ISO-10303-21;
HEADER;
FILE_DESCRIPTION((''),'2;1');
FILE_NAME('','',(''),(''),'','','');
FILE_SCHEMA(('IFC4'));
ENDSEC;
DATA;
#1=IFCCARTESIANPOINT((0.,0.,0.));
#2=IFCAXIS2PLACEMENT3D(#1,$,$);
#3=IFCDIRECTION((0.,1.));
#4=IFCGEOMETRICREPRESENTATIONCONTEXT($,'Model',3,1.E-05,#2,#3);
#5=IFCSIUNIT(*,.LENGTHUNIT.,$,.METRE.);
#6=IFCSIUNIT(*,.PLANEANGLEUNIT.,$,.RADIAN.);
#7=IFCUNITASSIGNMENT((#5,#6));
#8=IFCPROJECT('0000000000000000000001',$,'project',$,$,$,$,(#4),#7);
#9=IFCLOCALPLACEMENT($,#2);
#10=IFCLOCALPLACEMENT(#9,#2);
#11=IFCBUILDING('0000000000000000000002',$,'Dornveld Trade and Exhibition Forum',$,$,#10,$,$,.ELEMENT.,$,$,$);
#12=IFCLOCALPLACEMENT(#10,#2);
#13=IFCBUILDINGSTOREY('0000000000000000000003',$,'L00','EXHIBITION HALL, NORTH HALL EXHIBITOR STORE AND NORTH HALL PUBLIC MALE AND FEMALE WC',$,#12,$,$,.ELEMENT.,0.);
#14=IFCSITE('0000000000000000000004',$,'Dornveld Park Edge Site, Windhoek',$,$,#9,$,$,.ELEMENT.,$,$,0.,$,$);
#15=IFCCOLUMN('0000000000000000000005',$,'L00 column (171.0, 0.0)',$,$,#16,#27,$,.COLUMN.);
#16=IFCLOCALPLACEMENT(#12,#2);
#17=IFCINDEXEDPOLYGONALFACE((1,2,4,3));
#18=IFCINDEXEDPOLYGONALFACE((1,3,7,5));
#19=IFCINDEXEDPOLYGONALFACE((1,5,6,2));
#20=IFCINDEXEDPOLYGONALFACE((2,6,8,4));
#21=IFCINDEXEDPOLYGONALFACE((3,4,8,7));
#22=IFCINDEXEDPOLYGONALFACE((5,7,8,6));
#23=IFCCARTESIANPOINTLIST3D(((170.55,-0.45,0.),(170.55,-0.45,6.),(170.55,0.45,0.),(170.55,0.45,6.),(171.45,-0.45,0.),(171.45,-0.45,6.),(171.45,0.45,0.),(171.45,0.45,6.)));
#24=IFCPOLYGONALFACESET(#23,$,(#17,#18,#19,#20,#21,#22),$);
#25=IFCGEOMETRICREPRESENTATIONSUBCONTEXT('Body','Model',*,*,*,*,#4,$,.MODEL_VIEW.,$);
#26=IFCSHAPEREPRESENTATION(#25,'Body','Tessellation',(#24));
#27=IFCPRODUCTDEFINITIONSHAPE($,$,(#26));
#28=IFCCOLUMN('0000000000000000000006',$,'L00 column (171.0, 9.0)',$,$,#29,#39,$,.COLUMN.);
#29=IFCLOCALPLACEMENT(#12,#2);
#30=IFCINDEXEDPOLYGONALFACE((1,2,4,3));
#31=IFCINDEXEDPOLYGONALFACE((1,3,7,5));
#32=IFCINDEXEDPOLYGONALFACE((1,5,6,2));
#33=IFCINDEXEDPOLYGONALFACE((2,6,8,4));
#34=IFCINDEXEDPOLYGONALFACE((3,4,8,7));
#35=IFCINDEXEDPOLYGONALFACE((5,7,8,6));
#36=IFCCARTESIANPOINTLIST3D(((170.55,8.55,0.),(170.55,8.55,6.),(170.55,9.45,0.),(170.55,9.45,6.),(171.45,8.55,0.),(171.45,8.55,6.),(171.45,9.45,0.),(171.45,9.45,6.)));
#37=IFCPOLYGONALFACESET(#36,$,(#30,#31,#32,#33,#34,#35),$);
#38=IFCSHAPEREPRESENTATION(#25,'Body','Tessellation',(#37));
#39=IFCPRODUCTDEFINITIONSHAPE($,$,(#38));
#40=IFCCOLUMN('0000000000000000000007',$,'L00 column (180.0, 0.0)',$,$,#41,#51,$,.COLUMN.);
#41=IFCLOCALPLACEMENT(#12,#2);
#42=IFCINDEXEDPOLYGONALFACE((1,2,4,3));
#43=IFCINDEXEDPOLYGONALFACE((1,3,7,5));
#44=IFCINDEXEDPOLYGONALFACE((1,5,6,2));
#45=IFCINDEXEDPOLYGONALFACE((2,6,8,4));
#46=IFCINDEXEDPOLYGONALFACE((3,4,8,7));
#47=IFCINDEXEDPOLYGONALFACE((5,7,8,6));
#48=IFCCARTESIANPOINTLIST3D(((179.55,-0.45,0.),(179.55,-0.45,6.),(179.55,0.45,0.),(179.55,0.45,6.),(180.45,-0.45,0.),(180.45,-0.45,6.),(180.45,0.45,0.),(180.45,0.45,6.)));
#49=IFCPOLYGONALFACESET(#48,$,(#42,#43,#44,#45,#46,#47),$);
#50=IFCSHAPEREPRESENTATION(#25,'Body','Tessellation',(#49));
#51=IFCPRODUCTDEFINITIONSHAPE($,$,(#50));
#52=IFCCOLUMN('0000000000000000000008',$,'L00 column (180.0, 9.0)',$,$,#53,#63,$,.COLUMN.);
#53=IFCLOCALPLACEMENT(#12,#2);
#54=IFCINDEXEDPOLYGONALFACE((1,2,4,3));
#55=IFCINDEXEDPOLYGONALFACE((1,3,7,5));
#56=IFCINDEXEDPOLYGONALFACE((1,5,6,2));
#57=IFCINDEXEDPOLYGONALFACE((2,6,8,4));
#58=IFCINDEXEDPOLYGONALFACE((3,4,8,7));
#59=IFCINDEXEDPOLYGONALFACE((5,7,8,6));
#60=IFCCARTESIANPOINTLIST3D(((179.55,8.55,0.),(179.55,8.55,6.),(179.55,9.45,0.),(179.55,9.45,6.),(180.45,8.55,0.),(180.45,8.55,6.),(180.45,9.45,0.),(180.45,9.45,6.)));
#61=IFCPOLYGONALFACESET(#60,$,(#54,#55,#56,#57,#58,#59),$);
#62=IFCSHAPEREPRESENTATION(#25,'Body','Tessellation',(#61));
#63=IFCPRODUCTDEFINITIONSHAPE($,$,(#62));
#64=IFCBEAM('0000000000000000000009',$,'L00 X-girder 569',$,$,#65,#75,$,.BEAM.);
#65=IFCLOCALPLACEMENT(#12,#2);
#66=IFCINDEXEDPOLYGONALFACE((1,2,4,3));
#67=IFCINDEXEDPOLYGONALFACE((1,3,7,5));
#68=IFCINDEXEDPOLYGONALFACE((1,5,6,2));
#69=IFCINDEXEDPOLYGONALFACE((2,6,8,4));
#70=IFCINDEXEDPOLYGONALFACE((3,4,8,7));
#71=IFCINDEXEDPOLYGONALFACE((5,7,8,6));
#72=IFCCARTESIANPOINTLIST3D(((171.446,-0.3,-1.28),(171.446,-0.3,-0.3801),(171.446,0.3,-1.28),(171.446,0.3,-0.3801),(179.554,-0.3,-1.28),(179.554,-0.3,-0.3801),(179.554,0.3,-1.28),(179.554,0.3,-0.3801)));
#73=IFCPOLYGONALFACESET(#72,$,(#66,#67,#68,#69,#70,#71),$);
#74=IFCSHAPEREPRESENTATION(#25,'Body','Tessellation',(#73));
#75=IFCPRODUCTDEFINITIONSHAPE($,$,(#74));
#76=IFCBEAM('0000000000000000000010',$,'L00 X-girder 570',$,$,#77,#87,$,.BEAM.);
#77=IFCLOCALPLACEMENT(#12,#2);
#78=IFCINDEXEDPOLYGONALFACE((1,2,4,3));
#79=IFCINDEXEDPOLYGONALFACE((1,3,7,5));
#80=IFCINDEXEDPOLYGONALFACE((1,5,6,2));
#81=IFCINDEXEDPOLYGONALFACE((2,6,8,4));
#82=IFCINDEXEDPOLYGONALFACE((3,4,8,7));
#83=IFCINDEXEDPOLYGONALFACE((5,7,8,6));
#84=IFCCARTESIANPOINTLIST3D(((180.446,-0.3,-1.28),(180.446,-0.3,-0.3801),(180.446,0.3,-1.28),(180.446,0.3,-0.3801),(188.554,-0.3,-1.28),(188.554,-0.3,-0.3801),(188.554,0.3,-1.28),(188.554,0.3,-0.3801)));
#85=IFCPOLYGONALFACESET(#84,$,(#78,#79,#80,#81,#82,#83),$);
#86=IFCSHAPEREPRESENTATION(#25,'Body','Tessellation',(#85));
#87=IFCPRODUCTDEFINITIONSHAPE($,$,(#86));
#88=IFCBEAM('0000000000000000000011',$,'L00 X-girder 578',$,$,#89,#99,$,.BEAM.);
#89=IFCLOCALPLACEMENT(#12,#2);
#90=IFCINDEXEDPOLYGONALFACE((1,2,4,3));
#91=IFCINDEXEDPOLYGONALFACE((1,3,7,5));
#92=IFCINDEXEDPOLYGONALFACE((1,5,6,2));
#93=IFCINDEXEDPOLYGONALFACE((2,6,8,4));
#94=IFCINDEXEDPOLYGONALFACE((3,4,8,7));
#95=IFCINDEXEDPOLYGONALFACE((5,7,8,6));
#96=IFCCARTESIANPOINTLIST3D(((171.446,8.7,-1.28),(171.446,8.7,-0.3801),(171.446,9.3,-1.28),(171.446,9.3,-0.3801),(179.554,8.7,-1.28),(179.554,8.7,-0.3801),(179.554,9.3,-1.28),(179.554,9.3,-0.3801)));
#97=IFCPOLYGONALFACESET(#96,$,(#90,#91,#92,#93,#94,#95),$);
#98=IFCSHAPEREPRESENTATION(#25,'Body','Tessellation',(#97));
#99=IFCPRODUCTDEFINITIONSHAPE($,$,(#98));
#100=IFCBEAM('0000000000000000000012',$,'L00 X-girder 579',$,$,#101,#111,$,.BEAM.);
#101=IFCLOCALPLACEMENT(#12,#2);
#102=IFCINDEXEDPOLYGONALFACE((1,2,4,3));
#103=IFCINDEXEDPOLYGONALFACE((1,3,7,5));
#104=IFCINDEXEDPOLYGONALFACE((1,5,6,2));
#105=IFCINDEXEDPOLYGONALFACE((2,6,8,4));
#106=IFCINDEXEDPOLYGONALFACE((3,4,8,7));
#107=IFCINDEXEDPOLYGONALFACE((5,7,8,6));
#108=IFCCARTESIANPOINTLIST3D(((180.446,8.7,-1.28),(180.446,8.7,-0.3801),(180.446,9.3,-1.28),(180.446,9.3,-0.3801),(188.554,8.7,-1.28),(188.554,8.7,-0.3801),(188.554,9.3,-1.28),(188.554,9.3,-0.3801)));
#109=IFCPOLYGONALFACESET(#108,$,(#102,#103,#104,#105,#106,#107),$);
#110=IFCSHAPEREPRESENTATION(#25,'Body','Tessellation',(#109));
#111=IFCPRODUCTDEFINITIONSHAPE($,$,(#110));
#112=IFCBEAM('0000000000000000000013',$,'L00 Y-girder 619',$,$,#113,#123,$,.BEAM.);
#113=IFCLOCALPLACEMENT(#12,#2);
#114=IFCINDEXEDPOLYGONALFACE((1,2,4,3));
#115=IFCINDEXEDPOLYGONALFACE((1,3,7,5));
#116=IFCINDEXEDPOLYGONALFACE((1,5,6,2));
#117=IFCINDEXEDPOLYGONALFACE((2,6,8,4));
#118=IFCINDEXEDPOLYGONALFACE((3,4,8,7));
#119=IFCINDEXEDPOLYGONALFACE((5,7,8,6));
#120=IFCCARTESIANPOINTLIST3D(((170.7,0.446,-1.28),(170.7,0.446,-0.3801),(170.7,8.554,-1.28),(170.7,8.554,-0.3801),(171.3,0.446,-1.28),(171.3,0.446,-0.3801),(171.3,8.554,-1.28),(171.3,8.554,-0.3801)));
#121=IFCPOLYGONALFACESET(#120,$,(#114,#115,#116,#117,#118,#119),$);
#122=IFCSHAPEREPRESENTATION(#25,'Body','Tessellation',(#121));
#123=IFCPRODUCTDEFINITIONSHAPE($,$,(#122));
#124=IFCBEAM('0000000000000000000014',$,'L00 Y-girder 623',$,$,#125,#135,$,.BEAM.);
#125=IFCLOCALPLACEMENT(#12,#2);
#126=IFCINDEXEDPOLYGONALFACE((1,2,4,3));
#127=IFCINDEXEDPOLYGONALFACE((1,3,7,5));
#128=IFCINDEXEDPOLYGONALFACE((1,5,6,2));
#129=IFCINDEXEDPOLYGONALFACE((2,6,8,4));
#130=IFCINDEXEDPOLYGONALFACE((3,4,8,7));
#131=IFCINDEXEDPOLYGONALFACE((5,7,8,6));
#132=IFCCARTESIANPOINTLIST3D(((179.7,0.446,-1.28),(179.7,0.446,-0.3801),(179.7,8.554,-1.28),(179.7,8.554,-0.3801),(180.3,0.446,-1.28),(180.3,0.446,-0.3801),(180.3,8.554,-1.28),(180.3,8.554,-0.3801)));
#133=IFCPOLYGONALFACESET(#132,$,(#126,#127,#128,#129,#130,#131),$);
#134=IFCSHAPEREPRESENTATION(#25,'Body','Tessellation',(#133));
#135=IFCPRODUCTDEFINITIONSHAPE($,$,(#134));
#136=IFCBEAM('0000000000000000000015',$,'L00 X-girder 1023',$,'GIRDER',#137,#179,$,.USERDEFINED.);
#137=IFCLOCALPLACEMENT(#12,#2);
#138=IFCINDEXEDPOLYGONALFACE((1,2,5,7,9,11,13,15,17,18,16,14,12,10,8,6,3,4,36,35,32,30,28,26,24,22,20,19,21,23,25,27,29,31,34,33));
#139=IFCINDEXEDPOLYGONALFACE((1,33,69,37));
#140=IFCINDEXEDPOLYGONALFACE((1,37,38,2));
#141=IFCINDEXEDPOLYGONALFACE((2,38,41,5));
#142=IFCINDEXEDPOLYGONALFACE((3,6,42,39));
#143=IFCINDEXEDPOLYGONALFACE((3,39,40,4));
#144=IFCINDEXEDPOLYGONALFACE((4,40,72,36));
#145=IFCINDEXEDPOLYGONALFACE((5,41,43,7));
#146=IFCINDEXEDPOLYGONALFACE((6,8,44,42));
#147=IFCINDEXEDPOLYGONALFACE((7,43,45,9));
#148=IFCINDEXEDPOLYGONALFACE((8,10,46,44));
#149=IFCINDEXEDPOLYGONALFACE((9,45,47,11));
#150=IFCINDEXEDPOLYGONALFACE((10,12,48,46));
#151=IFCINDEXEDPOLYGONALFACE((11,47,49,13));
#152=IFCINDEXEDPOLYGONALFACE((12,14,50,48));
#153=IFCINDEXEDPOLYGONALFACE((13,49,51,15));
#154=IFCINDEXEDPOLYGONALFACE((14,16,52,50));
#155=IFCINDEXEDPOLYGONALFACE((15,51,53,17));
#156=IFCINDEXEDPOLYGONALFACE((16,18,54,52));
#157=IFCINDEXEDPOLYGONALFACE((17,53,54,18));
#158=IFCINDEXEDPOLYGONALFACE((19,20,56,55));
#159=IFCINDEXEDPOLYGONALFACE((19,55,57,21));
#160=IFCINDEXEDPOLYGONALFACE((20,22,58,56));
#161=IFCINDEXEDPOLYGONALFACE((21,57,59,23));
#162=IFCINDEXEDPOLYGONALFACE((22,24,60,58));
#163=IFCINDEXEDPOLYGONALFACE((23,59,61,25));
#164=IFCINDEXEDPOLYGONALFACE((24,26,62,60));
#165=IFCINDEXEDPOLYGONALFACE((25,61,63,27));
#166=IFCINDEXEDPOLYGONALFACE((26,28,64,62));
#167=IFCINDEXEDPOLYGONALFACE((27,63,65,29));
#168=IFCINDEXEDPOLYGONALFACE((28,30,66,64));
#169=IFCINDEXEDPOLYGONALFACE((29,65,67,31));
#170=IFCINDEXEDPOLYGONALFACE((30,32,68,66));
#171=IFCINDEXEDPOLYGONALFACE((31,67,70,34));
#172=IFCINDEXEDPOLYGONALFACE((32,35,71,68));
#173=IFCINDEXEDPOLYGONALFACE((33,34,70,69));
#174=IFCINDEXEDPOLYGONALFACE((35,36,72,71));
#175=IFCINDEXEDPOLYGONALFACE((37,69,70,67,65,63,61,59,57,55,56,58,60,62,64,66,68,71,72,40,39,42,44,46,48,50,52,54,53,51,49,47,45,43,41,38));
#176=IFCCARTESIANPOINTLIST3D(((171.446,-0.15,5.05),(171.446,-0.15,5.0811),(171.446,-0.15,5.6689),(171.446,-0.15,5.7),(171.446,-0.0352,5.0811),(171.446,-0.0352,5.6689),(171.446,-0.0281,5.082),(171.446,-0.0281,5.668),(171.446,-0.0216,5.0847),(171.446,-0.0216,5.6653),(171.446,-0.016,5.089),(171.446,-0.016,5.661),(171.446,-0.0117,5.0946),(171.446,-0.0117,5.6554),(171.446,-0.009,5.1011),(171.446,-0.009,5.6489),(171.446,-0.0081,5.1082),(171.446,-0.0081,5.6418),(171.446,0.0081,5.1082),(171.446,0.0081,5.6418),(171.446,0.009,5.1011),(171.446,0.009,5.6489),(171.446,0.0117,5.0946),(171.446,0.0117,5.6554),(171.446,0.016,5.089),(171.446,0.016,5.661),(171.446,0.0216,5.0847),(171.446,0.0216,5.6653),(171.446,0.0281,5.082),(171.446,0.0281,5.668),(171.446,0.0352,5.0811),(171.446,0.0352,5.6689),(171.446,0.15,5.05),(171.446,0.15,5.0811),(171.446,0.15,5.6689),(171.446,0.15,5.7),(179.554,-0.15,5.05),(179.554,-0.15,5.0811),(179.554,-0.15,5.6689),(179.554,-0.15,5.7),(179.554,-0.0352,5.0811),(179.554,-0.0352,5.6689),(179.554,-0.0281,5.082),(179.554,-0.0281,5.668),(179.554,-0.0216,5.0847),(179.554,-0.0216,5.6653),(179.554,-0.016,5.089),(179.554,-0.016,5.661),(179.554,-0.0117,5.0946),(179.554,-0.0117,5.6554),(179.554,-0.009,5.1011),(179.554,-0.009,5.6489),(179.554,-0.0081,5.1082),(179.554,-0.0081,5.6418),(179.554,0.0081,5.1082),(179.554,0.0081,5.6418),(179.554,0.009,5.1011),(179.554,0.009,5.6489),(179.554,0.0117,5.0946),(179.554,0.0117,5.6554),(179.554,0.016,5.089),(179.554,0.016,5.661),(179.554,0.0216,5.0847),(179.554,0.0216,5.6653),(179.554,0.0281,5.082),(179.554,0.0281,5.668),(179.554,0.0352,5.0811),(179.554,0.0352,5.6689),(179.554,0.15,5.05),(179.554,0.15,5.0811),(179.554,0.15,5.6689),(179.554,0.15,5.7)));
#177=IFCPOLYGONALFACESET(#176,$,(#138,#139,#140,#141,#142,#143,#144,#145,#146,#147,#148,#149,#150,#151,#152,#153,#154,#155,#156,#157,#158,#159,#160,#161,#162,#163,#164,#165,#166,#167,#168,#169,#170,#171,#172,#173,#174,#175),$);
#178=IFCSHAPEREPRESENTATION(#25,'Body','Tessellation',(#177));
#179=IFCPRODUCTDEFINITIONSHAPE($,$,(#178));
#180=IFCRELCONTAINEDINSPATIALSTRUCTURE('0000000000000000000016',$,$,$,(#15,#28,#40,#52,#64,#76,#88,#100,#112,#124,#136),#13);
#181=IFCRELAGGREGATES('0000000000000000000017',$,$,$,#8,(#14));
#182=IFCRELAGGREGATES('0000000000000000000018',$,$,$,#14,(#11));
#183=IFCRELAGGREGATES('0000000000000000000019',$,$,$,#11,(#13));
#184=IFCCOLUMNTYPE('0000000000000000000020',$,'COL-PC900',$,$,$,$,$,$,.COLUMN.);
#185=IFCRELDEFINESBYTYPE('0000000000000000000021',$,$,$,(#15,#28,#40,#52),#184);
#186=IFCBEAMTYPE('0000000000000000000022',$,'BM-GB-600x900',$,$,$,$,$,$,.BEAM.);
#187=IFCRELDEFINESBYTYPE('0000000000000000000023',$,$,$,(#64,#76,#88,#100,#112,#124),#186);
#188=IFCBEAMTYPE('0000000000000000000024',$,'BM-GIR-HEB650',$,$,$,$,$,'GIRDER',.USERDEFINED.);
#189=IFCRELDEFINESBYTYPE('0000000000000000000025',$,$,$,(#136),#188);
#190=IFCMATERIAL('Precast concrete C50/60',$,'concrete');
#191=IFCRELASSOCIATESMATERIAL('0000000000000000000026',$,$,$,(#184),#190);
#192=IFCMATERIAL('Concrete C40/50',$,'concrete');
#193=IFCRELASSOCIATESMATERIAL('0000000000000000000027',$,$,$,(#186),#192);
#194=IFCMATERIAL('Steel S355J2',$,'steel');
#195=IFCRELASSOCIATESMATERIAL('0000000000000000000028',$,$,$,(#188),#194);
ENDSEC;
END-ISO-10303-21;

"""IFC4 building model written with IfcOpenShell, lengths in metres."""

from ifc_helpers import new_model, si_unit, direction, frame, origin, origin_2d, place, context, subcontext, project, spatial, rectangle, i_section, extrude, material, material_profile, profile_set, type_object, element, save


model = new_model("IFC4")

# Units and contexts
model_context = context("Model", 3, precision=1e-05, world=origin(), true_north=direction((0.0, 1.0)))
body_context = subcontext(model_context, "Body", "Model", "MODEL_VIEW")
ifc_project = project(units=[si_unit("LENGTHUNIT", "METRE"), si_unit("PLANEANGLEUNIT", "RADIAN")], contexts=[model_context])

# Site, building, storey
site_placement = place(None, origin())
site = spatial("IfcSite", under=ifc_project, at=site_placement, Name="Dornveld Park Edge Site, Windhoek", CompositionType="ELEMENT", RefElevation=0.0)
building_placement = place(site_placement, origin())
building = spatial("IfcBuilding", under=site, at=building_placement, Name="Dornveld Trade and Exhibition Forum", CompositionType="ELEMENT")
storey_placement = place(building_placement, origin())
storey = spatial("IfcBuildingStorey", under=building, at=storey_placement, Name="L00", Description="EXHIBITION HALL, NORTH HALL EXHIBITOR STORE AND NORTH HALL PUBLIC MALE AND FEMALE WC", CompositionType="ELEMENT", Elevation=0.0)

# Columns
ifc_material_1 = material(Name="Precast concrete C50/60", Category="concrete")
ifc_material_profile_1 = material_profile(ifc_material_1, rectangle(XDim=0.8999, YDim=0.8999, at=origin_2d()), Name="PC-COL 900x900")
ifc_profile_set_1 = profile_set([ifc_material_profile_1], Name="Precast concrete C50/60")
column_type = type_object("IfcColumnType", Name="COL-PC900", PredefinedType="COLUMN", material=ifc_profile_set_1)
for number, where, z_axis, x_axis, name in (
    (1, (171.0, 0.0, 0.0), (0.0, 0.0, 1.0), (1.0, 0.0, 0.0), "L00 column (171.0, 0.0)"),
    (2, (171.0, 9.0, 0.0), (0.0, 0.0, 1.0), (1.0, 0.0, 0.0), "L00 column (171.0, 9.0)"),
    (3, (180.0, 0.0, 0.0), (0.0, 0.0, 1.0), (1.0, 0.0, 0.0), "L00 column (180.0, 0.0)"),
    (4, (180.0, 9.0, 0.0), (0.0, 0.0, 1.0), (1.0, 0.0, 0.0), "L00 column (180.0, 9.0)"),
):
    element("IfcColumn", number, at=place(storey_placement, frame(where, z_axis=z_axis, x_axis=x_axis)), inside=storey, type_object=column_type, Name=name, PredefinedType="COLUMN", context=body_context, shape_type="SweptSolid", body=[
        extrude(rectangle(XDim=0.8999, YDim=0.8999, at=origin_2d()), origin(), (0.0, 0.0, 1.0), 6.0),
    ])

# Beams
ifc_material_2 = material(Name="Concrete C40/50", Category="concrete")
ifc_material_profile_2 = material_profile(ifc_material_2, rectangle(XDim=0.6001, YDim=0.8999, at=origin_2d()), Name="RC-GB 600x900")
ifc_profile_set_2 = profile_set([ifc_material_profile_2], Name="Concrete C40/50")
beam_type_1 = type_object("IfcBeamType", Name="BM-GB-600x900", PredefinedType="BEAM", material=ifc_profile_set_2)
for number, where, z_axis, x_axis, name in (
    (5, (171.446, 0.0, -0.8301), (1.0, 0.0, 0.0), (0.0, 1.0, 0.0), "L00 X-girder 569"),
    (6, (180.446, 0.0, -0.8301), (1.0, 0.0, 0.0), (0.0, 1.0, 0.0), "L00 X-girder 570"),
    (7, (171.446, 9.0, -0.8301), (1.0, 0.0, 0.0), (0.0, 1.0, 0.0), "L00 X-girder 578"),
    (8, (180.446, 9.0, -0.8301), (1.0, 0.0, 0.0), (0.0, 1.0, 0.0), "L00 X-girder 579"),
    (9, (171.0, 0.446, -0.8301), (0.0, 1.0, 0.0), (-1.0, 0.0, 0.0), "L00 Y-girder 619"),
    (10, (180.0, 0.446, -0.8301), (0.0, 1.0, 0.0), (-1.0, 0.0, 0.0), "L00 Y-girder 623"),
):
    element("IfcBeam", number, at=place(storey_placement, frame(where, z_axis=z_axis, x_axis=x_axis)), inside=storey, type_object=beam_type_1, Name=name, PredefinedType="BEAM", context=body_context, shape_type="SweptSolid", body=[
        extrude(rectangle(XDim=0.6001, YDim=0.8999, at=origin_2d()), origin(), (0.0, 0.0, 1.0), 8.1079),
    ])
ifc_material_3 = material(Name="Steel S355J2", Category="steel")
ifc_material_profile_3 = material_profile(ifc_material_3, i_section(OverallWidth=0.3, OverallDepth=0.6499, WebThickness=0.0161, FlangeThickness=0.031, FilletRadius=0.0271, at=origin_2d()), Name="HEB 650")
ifc_profile_set_3 = profile_set([ifc_material_profile_3], Name="Steel S355J2")
beam_type_2 = type_object("IfcBeamType", Name="BM-GIR-HEB650", ElementType="GIRDER", PredefinedType="USERDEFINED", material=ifc_profile_set_3)
for number, where, z_axis, x_axis, name in (
    (11, (171.446, 0.0, 5.375), (1.0, 0.0, 0.0), (0.0, 1.0, 0.0), "L00 X-girder 1023"),
):
    element("IfcBeam", number, at=place(storey_placement, frame(where, z_axis=z_axis, x_axis=x_axis)), inside=storey, type_object=beam_type_2, Name=name, ObjectType="GIRDER", PredefinedType="USERDEFINED", context=body_context, shape_type="SweptSolid", body=[
        extrude(i_section(OverallWidth=0.3, OverallDepth=0.6499, WebThickness=0.0161, FlangeThickness=0.031, FilletRadius=0.0271, at=origin_2d()), origin(), (0.0, 0.0, 1.0), 8.1079),
    ])

save(model, "model.ifc")
